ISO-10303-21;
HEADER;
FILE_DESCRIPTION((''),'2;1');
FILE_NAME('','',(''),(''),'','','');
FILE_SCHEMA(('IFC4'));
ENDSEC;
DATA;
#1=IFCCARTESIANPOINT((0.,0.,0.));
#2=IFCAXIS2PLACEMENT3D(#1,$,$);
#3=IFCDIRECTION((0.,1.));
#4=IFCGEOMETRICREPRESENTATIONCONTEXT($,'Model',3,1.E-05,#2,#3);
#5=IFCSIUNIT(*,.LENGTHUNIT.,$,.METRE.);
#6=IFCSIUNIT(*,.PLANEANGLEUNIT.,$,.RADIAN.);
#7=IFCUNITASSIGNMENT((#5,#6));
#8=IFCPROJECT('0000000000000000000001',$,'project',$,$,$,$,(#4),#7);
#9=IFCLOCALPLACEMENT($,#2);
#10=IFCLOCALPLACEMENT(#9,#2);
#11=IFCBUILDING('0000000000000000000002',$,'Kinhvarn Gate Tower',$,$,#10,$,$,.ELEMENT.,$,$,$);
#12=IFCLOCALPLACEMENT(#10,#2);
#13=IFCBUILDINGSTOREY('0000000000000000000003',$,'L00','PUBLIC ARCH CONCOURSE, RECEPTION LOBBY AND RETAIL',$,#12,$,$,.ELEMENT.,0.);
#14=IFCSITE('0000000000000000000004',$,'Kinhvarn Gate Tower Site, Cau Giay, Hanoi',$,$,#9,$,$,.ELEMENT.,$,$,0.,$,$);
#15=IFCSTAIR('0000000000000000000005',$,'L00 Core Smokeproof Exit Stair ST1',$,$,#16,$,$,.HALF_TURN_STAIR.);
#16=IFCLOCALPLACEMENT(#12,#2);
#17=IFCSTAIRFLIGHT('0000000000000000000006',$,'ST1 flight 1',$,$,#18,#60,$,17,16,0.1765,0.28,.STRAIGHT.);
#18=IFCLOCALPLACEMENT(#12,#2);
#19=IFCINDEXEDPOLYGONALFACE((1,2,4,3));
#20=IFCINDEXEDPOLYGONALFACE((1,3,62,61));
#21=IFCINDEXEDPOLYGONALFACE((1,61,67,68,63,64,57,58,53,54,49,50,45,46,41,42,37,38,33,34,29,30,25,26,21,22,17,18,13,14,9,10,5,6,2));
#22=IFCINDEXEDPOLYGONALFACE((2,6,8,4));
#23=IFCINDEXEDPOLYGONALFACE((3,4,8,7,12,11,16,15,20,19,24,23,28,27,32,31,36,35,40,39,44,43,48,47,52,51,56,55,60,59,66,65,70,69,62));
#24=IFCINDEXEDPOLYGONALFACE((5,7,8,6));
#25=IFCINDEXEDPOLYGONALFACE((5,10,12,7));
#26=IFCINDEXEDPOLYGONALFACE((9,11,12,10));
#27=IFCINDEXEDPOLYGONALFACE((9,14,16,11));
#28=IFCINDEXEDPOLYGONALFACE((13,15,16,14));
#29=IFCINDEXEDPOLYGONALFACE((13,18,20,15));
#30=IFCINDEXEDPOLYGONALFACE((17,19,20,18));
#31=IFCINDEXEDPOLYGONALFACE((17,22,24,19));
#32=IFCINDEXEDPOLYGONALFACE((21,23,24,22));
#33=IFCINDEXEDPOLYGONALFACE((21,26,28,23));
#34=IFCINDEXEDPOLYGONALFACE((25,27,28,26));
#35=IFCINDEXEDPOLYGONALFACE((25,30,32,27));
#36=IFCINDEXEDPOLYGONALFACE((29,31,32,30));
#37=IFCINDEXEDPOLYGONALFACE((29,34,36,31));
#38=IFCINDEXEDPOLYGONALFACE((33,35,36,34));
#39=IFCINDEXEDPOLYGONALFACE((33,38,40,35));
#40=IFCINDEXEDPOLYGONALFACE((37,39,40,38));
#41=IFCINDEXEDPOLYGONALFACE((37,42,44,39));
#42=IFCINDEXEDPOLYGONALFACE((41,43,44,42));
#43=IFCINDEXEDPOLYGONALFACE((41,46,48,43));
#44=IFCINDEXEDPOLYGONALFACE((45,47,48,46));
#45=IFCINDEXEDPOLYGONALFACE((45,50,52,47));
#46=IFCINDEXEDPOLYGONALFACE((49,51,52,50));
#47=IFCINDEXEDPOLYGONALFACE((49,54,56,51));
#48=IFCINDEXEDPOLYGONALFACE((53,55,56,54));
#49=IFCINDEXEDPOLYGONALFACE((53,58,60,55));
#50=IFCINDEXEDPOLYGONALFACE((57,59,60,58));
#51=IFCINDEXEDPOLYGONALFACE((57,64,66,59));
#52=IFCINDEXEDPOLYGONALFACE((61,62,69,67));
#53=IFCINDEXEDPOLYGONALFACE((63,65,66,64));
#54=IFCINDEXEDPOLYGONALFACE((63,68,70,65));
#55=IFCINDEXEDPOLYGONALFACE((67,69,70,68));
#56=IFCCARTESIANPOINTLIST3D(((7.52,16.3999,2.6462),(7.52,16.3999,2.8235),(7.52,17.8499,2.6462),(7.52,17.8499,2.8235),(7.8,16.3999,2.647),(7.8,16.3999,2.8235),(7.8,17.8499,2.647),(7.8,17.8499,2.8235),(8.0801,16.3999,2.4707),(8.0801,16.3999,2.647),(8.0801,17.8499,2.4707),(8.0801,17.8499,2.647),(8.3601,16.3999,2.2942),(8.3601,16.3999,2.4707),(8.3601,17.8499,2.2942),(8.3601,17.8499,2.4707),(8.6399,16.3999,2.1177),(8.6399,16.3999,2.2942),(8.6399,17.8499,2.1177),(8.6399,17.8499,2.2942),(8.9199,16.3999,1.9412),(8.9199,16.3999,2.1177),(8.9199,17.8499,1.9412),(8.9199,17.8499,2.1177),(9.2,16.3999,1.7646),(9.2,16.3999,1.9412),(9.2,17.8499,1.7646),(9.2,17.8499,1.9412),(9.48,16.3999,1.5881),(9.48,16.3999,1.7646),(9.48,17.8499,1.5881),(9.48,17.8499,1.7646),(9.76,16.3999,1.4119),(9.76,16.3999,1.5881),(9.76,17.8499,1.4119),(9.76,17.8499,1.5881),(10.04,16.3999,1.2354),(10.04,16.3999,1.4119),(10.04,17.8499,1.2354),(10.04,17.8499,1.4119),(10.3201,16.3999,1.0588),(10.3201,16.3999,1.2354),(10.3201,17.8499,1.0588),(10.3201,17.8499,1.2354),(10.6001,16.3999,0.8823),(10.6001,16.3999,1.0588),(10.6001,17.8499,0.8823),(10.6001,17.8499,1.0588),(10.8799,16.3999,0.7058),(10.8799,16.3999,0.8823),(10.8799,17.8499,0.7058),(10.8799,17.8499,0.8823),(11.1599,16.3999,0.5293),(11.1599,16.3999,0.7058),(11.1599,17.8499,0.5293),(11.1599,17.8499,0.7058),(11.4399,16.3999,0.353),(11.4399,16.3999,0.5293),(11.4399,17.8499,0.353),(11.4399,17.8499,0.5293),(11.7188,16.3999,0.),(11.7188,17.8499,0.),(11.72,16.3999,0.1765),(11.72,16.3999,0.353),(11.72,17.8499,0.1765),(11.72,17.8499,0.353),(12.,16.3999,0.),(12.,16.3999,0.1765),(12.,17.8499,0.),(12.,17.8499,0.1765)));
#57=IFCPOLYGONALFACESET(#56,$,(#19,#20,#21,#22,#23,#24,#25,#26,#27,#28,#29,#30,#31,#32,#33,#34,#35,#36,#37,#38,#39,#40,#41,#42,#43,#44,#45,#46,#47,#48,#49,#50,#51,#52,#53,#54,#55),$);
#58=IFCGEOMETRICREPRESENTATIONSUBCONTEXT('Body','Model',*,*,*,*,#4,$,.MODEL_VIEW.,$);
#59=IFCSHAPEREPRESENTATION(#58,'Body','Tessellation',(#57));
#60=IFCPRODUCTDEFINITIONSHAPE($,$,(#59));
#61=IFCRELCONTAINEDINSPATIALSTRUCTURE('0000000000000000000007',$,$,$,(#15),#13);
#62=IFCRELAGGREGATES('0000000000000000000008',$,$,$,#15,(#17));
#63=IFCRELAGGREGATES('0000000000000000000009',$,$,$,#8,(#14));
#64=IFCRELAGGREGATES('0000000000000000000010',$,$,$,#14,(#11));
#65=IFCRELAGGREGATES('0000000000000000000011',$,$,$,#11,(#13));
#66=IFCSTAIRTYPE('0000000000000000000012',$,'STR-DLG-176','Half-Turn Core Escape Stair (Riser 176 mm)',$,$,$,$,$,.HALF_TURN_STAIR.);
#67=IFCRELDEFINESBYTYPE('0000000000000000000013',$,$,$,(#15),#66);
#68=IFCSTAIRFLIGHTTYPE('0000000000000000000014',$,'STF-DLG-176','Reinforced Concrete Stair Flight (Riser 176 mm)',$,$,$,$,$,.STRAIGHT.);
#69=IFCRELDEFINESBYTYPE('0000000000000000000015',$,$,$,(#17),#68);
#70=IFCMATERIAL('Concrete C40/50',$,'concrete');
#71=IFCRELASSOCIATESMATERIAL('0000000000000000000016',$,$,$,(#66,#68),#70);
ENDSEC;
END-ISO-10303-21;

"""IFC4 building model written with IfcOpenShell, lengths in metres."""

from ifc_helpers import new_model, si_unit, direction, frame, origin, place, context, subcontext, project, spatial, polyline, outline, extrude, material, type_object, element, aggregate, save


model = new_model("IFC4")

# Units and contexts
model_context = context("Model", 3, precision=1e-05, world=origin(), true_north=direction((0.0, 1.0)))
body_context = subcontext(model_context, "Body", "Model", "MODEL_VIEW")
ifc_project = project(units=[si_unit("LENGTHUNIT", "METRE"), si_unit("PLANEANGLEUNIT", "RADIAN")], contexts=[model_context])

# Site, building, storey
site_placement = place(None, origin())
site = spatial("IfcSite", under=ifc_project, at=site_placement, Name="Kinhvarn Gate Tower Site, Cau Giay, Hanoi", CompositionType="ELEMENT", RefElevation=0.0)
building_placement = place(site_placement, origin())
building = spatial("IfcBuilding", under=site, at=building_placement, Name="Kinhvarn Gate Tower", CompositionType="ELEMENT")
storey_placement = place(building_placement, origin())
storey = spatial("IfcBuildingStorey", under=building, at=storey_placement, Name="L00", Description="PUBLIC ARCH CONCOURSE, RECEPTION LOBBY AND RETAIL", CompositionType="ELEMENT", Elevation=0.0)

# Shared definitions
ifc_material_1 = material(Name="Concrete C40/50", Category="concrete")

# Stair, stair flight
stair_type = type_object("IfcStairType", Name="STR-DLG-176", Description="Half-Turn Core Escape Stair (Riser 176 mm)", PredefinedType="HALF_TURN_STAIR", material=ifc_material_1)
stair_placement = place(storey_placement, origin())
stair = element("IfcStair", 1, at=stair_placement, inside=storey, type_object=stair_type, Name="L00 Core Smokeproof Exit Stair ST1", PredefinedType="HALF_TURN_STAIR")
stair_flight_type = type_object("IfcStairFlightType", Name="STF-DLG-176", Description="Reinforced Concrete Stair Flight (Riser 176 mm)", PredefinedType="STRAIGHT", material=ifc_material_1)
stair_flight_placement = place(storey_placement, frame((12.0, 17.125, 0.0), z_axis=(0.0, 0.0, 1.0), x_axis=(-1.0, 0.0, 0.0)))
stair_flight = element("IfcStairFlight", 2, at=stair_flight_placement, type_object=stair_flight_type, Name="ST1 flight 1", NumberOfRisers=17, NumberOfTreads=16, PredefinedType="STRAIGHT", RiserHeight=0.1765, TreadLength=0.28, context=body_context, shape_type="SweptSolid", body=[
    extrude(outline(polyline([(0.0, 0.0), (0.0, 0.1765), (0.28, 0.1765), (0.28, 0.353), (0.5601, 0.353), (0.5601, 0.5293), (0.8401, 0.5293), (0.8401, 0.7058), (1.1201, 0.7058), (1.1201, 0.8823), (1.3999, 0.8823), (1.3999, 1.0588), (1.6799, 1.0588), (1.6799, 1.2354), (1.96, 1.2354), (1.96, 1.4119), (2.24, 1.4119), (2.24, 1.5881), (2.52, 1.5881), (2.52, 1.7646), (2.8, 1.7646), (2.8, 1.9412), (3.0801, 1.9412), (3.0801, 2.1177), (3.3601, 2.1177), (3.3601, 2.2942), (3.6399, 2.2942), (3.6399, 2.4707), (3.9199, 2.4707), (3.9199, 2.647), (4.2, 2.647), (4.2, 2.8235), (4.48, 2.8235), (4.48, 3.0), (4.48, 2.6462), (0.2812, 0.0), (0.0, 0.0)])), frame((0.0, 0.7251, 0.0), z_axis=(0.0, -1.0, 0.0), x_axis=(1.0, 0.0, 0.0)), (0.0, 0.0, 1.0), 1.45),
])
aggregate(stair, [stair_flight])

save(model, "model.ifc")
